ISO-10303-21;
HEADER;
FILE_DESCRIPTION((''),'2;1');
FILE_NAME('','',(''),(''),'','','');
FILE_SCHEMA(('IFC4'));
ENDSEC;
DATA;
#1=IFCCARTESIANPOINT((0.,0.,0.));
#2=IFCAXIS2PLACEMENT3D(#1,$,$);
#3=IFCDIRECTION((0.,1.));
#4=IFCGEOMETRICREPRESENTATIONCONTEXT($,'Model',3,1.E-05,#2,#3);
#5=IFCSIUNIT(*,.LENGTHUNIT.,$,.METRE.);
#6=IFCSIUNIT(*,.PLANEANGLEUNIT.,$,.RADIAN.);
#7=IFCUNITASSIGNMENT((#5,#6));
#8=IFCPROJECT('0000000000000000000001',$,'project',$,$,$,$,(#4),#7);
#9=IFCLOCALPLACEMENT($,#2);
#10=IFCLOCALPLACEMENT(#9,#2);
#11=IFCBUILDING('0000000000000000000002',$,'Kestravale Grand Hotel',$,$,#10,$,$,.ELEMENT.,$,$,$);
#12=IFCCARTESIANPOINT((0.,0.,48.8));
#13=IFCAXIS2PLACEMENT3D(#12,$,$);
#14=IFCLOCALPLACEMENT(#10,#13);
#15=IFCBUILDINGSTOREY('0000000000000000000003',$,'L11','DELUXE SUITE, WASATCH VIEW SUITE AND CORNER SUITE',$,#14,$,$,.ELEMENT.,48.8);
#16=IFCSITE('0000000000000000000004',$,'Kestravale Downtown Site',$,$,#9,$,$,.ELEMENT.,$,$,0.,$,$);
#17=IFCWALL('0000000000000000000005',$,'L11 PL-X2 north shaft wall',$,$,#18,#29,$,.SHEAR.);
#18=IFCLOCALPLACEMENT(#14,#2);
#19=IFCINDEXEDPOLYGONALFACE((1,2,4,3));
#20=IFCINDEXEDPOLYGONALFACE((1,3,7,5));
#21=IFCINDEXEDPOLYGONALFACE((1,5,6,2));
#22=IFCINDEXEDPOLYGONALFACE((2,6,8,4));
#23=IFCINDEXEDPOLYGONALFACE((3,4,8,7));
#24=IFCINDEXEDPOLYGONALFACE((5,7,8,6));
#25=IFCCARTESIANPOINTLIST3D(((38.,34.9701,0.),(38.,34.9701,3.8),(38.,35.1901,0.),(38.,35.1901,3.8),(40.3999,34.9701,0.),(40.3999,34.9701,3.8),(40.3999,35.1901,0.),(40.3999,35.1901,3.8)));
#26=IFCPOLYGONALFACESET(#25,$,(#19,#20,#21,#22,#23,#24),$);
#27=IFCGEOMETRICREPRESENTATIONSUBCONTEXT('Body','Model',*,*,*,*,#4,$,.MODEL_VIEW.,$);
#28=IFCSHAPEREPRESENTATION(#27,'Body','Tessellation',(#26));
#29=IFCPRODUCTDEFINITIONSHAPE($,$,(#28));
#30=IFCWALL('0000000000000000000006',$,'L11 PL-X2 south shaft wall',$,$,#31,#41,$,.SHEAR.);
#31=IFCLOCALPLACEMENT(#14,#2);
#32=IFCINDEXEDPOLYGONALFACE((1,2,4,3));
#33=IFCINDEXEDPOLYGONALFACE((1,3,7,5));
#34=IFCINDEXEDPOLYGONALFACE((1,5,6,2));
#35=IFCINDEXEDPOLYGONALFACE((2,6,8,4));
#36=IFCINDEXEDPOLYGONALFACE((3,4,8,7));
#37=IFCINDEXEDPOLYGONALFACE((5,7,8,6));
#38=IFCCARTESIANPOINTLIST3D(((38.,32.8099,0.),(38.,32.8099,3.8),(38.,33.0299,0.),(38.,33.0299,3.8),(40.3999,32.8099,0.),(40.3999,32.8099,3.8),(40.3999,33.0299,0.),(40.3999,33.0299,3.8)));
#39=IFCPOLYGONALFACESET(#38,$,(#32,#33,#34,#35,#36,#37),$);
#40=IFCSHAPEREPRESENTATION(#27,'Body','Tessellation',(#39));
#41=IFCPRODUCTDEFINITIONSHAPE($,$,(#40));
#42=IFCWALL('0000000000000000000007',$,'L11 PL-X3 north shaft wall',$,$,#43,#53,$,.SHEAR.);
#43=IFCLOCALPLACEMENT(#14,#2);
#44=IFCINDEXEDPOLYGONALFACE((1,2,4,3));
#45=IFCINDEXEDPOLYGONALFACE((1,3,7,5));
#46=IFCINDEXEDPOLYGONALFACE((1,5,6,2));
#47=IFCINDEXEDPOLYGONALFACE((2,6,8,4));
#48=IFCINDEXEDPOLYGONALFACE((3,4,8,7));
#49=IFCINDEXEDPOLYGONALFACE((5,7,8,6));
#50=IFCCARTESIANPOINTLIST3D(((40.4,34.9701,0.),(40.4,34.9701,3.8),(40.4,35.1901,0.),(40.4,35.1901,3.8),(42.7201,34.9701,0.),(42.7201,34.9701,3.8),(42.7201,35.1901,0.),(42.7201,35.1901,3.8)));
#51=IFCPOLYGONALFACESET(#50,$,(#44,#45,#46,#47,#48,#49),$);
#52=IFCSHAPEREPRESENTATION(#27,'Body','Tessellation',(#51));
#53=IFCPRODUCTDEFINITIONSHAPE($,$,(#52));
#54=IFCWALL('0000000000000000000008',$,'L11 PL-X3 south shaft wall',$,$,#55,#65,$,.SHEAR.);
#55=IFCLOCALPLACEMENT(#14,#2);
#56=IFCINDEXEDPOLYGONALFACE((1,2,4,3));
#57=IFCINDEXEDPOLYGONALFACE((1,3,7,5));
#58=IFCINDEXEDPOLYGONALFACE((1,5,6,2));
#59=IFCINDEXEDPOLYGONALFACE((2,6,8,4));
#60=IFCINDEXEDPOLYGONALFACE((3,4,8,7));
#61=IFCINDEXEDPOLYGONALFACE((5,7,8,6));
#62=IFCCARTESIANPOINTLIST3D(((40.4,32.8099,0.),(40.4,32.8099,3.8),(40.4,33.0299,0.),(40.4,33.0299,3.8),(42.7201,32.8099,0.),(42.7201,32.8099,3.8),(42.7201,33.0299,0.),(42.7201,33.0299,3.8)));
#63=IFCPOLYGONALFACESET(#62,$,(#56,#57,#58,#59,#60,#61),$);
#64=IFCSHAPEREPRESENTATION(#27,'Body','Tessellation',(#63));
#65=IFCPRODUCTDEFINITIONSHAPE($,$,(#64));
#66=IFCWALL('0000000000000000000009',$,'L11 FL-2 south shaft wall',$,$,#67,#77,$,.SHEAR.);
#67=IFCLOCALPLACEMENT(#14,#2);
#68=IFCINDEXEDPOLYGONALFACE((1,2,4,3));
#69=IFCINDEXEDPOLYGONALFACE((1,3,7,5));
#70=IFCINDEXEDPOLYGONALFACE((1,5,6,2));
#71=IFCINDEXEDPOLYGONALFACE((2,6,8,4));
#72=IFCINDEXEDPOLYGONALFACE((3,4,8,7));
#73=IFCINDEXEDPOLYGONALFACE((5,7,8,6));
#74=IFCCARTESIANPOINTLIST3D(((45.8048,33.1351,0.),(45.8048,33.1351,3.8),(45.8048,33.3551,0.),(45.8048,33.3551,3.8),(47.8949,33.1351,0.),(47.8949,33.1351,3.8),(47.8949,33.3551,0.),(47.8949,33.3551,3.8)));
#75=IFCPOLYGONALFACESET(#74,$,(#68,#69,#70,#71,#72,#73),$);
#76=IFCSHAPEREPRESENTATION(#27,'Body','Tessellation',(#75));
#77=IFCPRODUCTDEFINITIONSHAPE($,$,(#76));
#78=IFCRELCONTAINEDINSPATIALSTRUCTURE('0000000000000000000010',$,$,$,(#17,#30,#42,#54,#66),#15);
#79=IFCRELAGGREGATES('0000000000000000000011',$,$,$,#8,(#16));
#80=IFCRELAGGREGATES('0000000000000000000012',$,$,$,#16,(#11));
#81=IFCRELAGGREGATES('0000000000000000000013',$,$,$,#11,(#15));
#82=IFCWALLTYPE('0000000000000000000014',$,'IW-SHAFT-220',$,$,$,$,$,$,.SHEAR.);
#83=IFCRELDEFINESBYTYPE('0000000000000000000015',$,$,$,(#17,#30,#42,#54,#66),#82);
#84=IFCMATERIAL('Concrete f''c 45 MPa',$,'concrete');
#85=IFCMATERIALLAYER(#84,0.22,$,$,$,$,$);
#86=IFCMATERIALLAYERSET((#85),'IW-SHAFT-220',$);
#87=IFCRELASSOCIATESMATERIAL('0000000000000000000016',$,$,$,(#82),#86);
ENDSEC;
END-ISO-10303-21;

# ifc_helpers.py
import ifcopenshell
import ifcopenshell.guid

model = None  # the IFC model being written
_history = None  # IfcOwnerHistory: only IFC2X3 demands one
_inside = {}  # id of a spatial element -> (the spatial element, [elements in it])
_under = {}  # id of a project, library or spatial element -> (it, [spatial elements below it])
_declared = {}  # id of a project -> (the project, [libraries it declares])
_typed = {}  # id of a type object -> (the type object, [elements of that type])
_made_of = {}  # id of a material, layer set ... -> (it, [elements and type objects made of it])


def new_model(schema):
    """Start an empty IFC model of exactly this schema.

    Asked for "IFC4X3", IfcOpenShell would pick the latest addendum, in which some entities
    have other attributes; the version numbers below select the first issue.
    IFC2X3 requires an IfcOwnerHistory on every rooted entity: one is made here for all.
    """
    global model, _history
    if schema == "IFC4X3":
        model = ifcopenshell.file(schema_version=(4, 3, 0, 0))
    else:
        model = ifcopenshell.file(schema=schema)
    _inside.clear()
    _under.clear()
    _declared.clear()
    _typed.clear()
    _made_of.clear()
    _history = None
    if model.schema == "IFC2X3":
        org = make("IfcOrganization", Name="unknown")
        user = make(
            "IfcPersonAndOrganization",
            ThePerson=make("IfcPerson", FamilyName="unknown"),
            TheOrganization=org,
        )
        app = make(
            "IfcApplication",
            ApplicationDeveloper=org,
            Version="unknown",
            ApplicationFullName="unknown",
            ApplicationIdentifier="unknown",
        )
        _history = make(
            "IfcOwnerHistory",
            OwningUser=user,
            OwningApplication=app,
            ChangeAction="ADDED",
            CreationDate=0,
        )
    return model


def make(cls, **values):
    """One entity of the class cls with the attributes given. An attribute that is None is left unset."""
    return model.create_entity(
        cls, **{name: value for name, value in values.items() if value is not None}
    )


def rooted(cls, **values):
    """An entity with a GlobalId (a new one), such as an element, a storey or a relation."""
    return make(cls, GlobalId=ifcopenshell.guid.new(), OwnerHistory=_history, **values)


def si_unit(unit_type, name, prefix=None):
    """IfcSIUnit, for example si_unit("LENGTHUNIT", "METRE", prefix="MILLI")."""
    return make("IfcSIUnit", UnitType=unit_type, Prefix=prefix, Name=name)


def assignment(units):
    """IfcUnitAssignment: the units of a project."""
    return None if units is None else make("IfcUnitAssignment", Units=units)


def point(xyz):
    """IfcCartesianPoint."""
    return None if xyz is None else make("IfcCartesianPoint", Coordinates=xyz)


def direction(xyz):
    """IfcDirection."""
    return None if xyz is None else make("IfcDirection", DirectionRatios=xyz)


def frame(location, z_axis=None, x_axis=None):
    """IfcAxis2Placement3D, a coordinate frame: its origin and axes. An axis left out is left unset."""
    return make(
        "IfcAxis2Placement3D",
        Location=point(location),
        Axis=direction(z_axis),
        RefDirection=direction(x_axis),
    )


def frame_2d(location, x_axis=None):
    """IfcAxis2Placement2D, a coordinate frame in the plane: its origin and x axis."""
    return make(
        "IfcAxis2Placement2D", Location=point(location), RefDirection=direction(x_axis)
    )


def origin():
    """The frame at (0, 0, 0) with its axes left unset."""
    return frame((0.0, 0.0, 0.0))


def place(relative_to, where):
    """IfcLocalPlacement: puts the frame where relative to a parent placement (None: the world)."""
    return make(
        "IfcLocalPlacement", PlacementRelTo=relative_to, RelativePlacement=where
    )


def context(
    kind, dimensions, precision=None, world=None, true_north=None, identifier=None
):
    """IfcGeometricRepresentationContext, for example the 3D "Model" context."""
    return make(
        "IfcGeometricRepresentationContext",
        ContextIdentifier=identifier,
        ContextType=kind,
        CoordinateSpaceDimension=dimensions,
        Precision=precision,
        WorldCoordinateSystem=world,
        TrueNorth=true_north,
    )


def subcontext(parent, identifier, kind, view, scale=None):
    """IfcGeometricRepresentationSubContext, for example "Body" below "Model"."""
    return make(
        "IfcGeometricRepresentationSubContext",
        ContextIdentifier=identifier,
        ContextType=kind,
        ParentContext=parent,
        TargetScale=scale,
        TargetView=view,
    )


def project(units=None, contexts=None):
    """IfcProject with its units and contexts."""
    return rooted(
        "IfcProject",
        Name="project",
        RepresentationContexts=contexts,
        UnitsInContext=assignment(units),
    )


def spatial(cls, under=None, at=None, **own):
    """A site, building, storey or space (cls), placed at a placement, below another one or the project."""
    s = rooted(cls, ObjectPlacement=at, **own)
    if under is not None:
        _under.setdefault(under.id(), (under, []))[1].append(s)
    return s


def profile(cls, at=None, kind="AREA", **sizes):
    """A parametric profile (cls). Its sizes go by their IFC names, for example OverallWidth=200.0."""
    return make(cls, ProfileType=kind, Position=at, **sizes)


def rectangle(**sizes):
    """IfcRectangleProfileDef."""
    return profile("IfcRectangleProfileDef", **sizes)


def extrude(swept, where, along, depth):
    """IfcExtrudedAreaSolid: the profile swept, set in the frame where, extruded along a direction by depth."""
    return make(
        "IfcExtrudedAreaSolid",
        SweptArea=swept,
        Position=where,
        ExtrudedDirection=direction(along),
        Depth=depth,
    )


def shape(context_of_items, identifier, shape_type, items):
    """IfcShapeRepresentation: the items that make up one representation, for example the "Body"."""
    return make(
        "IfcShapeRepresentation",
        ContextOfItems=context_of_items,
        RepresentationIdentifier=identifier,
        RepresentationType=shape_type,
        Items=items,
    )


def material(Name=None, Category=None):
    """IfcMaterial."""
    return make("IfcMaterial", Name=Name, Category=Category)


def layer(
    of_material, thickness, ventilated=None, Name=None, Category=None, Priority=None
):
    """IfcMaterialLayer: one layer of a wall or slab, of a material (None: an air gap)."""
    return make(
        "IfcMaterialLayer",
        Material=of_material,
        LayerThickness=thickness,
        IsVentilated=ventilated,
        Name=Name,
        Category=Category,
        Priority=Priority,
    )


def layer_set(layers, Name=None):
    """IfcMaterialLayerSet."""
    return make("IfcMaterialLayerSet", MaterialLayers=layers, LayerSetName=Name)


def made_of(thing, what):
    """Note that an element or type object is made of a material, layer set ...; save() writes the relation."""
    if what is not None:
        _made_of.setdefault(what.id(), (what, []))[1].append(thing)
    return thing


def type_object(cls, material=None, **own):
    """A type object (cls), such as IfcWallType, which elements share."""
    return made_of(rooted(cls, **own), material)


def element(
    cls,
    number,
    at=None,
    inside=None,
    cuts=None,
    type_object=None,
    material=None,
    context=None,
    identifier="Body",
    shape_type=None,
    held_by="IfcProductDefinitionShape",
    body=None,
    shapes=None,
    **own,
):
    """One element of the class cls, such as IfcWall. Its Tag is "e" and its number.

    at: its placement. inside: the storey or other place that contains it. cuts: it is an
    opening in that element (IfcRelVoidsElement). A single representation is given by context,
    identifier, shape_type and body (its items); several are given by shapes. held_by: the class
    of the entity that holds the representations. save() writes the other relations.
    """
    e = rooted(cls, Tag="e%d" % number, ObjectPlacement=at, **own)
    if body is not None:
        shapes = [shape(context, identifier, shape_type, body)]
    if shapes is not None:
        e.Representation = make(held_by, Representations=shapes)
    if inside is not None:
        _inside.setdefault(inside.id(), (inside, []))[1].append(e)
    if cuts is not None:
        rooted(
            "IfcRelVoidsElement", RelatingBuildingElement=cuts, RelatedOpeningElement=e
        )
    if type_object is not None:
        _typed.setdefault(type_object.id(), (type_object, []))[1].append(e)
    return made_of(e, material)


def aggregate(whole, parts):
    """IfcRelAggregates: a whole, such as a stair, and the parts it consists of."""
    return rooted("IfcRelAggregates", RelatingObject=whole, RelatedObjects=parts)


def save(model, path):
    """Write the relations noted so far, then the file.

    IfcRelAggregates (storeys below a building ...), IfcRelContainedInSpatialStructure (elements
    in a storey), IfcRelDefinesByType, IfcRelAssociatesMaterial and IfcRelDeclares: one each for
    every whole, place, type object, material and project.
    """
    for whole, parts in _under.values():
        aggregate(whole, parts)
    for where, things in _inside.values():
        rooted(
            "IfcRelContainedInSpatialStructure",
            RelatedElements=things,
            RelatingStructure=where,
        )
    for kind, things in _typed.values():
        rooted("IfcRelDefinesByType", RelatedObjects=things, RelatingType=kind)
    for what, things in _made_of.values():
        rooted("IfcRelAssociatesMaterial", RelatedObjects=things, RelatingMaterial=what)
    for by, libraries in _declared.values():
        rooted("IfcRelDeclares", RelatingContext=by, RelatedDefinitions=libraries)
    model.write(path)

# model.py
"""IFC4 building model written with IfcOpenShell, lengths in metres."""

from ifc_helpers import new_model, si_unit, direction, frame, frame_2d, origin, place, context, subcontext, project, spatial, rectangle, extrude, material, layer, layer_set, type_object, element, save


model = new_model("IFC4")

# Units and contexts
model_context = context("Model", 3, precision=1e-05, world=origin(), true_north=direction((0.0, 1.0)))
body_context = subcontext(model_context, "Body", "Model", "MODEL_VIEW")
ifc_project = project(units=[si_unit("LENGTHUNIT", "METRE"), si_unit("PLANEANGLEUNIT", "RADIAN")], contexts=[model_context])

# Site, building, storey
site_placement = place(None, origin())
site = spatial("IfcSite", under=ifc_project, at=site_placement, Name="Kestravale Downtown Site", CompositionType="ELEMENT", RefElevation=0.0)
building_placement = place(site_placement, origin())
building = spatial("IfcBuilding", under=site, at=building_placement, Name="Kestravale Grand Hotel", CompositionType="ELEMENT")
storey_placement = place(building_placement, frame((0.0, 0.0, 48.8)))
storey = spatial("IfcBuildingStorey", under=building, at=storey_placement, Name="L11", Description="DELUXE SUITE, WASATCH VIEW SUITE AND CORNER SUITE", CompositionType="ELEMENT", Elevation=48.8)

# Walls
ifc_material_1 = material(Name="Concrete f'c 45 MPa", Category="concrete")
ifc_layer_1 = layer(ifc_material_1, 0.22)
ifc_layer_set_1 = layer_set([ifc_layer_1], Name="IW-SHAFT-220")
wall_type_1 = type_object("IfcWallType", Name="IW-SHAFT-220", PredefinedType="SHEAR", material=ifc_layer_set_1)
for number, where, z_axis, x_axis, name in (
    (1, (38.0, 35.0801, 0.0), (0.0, 0.0, 1.0), (1.0, 0.0, 0.0), "L11 PL-X2 north shaft wall"),
    (2, (38.0, 32.9199, 0.0), (0.0, 0.0, 1.0), (1.0, 0.0, 0.0), "L11 PL-X2 south shaft wall"),
):
    element("IfcWall", number, at=place(storey_placement, frame(where, z_axis=z_axis, x_axis=x_axis)), inside=storey, type_object=wall_type_1, Name=name, PredefinedType="SHEAR", context=body_context, shape_type="SweptSolid", body=[
        extrude(rectangle(XDim=2.3999, YDim=0.22, at=frame_2d((1.2, 0.0))), origin(), (0.0, 0.0, 1.0), 3.8),
    ])
for number, where, z_axis, x_axis, name in (
    (3, (40.3999, 35.0801, 0.0), (0.0, 0.0, 1.0), (1.0, 0.0, 0.0), "L11 PL-X3 north shaft wall"),
    (4, (40.3999, 32.9199, 0.0), (0.0, 0.0, 1.0), (1.0, 0.0, 0.0), "L11 PL-X3 south shaft wall"),
):
    element("IfcWall", number, at=place(storey_placement, frame(where, z_axis=z_axis, x_axis=x_axis)), inside=storey, type_object=wall_type_1, Name=name, PredefinedType="SHEAR", context=body_context, shape_type="SweptSolid", body=[
        extrude(rectangle(XDim=2.3201, YDim=0.22, at=frame_2d((1.1602, 0.0))), origin(), (0.0, 0.0, 1.0), 3.8),
    ])

# Wall
wall_1_placement = place(storey_placement, frame((45.8049, 33.2451, 0.0), z_axis=(0.0, 0.0, 1.0), x_axis=(1.0, 0.0, 0.0)))
element("IfcWall", 5, at=wall_1_placement, inside=storey, type_object=wall_type_1, Name="L11 FL-2 south shaft wall", PredefinedType="SHEAR", context=body_context, shape_type="SweptSolid", body=[
    extrude(rectangle(XDim=2.0901, YDim=0.22, at=frame_2d((1.0449, 0.0))), origin(), (0.0, 0.0, 1.0), 3.8),
])

save(model, "model.ifc")
